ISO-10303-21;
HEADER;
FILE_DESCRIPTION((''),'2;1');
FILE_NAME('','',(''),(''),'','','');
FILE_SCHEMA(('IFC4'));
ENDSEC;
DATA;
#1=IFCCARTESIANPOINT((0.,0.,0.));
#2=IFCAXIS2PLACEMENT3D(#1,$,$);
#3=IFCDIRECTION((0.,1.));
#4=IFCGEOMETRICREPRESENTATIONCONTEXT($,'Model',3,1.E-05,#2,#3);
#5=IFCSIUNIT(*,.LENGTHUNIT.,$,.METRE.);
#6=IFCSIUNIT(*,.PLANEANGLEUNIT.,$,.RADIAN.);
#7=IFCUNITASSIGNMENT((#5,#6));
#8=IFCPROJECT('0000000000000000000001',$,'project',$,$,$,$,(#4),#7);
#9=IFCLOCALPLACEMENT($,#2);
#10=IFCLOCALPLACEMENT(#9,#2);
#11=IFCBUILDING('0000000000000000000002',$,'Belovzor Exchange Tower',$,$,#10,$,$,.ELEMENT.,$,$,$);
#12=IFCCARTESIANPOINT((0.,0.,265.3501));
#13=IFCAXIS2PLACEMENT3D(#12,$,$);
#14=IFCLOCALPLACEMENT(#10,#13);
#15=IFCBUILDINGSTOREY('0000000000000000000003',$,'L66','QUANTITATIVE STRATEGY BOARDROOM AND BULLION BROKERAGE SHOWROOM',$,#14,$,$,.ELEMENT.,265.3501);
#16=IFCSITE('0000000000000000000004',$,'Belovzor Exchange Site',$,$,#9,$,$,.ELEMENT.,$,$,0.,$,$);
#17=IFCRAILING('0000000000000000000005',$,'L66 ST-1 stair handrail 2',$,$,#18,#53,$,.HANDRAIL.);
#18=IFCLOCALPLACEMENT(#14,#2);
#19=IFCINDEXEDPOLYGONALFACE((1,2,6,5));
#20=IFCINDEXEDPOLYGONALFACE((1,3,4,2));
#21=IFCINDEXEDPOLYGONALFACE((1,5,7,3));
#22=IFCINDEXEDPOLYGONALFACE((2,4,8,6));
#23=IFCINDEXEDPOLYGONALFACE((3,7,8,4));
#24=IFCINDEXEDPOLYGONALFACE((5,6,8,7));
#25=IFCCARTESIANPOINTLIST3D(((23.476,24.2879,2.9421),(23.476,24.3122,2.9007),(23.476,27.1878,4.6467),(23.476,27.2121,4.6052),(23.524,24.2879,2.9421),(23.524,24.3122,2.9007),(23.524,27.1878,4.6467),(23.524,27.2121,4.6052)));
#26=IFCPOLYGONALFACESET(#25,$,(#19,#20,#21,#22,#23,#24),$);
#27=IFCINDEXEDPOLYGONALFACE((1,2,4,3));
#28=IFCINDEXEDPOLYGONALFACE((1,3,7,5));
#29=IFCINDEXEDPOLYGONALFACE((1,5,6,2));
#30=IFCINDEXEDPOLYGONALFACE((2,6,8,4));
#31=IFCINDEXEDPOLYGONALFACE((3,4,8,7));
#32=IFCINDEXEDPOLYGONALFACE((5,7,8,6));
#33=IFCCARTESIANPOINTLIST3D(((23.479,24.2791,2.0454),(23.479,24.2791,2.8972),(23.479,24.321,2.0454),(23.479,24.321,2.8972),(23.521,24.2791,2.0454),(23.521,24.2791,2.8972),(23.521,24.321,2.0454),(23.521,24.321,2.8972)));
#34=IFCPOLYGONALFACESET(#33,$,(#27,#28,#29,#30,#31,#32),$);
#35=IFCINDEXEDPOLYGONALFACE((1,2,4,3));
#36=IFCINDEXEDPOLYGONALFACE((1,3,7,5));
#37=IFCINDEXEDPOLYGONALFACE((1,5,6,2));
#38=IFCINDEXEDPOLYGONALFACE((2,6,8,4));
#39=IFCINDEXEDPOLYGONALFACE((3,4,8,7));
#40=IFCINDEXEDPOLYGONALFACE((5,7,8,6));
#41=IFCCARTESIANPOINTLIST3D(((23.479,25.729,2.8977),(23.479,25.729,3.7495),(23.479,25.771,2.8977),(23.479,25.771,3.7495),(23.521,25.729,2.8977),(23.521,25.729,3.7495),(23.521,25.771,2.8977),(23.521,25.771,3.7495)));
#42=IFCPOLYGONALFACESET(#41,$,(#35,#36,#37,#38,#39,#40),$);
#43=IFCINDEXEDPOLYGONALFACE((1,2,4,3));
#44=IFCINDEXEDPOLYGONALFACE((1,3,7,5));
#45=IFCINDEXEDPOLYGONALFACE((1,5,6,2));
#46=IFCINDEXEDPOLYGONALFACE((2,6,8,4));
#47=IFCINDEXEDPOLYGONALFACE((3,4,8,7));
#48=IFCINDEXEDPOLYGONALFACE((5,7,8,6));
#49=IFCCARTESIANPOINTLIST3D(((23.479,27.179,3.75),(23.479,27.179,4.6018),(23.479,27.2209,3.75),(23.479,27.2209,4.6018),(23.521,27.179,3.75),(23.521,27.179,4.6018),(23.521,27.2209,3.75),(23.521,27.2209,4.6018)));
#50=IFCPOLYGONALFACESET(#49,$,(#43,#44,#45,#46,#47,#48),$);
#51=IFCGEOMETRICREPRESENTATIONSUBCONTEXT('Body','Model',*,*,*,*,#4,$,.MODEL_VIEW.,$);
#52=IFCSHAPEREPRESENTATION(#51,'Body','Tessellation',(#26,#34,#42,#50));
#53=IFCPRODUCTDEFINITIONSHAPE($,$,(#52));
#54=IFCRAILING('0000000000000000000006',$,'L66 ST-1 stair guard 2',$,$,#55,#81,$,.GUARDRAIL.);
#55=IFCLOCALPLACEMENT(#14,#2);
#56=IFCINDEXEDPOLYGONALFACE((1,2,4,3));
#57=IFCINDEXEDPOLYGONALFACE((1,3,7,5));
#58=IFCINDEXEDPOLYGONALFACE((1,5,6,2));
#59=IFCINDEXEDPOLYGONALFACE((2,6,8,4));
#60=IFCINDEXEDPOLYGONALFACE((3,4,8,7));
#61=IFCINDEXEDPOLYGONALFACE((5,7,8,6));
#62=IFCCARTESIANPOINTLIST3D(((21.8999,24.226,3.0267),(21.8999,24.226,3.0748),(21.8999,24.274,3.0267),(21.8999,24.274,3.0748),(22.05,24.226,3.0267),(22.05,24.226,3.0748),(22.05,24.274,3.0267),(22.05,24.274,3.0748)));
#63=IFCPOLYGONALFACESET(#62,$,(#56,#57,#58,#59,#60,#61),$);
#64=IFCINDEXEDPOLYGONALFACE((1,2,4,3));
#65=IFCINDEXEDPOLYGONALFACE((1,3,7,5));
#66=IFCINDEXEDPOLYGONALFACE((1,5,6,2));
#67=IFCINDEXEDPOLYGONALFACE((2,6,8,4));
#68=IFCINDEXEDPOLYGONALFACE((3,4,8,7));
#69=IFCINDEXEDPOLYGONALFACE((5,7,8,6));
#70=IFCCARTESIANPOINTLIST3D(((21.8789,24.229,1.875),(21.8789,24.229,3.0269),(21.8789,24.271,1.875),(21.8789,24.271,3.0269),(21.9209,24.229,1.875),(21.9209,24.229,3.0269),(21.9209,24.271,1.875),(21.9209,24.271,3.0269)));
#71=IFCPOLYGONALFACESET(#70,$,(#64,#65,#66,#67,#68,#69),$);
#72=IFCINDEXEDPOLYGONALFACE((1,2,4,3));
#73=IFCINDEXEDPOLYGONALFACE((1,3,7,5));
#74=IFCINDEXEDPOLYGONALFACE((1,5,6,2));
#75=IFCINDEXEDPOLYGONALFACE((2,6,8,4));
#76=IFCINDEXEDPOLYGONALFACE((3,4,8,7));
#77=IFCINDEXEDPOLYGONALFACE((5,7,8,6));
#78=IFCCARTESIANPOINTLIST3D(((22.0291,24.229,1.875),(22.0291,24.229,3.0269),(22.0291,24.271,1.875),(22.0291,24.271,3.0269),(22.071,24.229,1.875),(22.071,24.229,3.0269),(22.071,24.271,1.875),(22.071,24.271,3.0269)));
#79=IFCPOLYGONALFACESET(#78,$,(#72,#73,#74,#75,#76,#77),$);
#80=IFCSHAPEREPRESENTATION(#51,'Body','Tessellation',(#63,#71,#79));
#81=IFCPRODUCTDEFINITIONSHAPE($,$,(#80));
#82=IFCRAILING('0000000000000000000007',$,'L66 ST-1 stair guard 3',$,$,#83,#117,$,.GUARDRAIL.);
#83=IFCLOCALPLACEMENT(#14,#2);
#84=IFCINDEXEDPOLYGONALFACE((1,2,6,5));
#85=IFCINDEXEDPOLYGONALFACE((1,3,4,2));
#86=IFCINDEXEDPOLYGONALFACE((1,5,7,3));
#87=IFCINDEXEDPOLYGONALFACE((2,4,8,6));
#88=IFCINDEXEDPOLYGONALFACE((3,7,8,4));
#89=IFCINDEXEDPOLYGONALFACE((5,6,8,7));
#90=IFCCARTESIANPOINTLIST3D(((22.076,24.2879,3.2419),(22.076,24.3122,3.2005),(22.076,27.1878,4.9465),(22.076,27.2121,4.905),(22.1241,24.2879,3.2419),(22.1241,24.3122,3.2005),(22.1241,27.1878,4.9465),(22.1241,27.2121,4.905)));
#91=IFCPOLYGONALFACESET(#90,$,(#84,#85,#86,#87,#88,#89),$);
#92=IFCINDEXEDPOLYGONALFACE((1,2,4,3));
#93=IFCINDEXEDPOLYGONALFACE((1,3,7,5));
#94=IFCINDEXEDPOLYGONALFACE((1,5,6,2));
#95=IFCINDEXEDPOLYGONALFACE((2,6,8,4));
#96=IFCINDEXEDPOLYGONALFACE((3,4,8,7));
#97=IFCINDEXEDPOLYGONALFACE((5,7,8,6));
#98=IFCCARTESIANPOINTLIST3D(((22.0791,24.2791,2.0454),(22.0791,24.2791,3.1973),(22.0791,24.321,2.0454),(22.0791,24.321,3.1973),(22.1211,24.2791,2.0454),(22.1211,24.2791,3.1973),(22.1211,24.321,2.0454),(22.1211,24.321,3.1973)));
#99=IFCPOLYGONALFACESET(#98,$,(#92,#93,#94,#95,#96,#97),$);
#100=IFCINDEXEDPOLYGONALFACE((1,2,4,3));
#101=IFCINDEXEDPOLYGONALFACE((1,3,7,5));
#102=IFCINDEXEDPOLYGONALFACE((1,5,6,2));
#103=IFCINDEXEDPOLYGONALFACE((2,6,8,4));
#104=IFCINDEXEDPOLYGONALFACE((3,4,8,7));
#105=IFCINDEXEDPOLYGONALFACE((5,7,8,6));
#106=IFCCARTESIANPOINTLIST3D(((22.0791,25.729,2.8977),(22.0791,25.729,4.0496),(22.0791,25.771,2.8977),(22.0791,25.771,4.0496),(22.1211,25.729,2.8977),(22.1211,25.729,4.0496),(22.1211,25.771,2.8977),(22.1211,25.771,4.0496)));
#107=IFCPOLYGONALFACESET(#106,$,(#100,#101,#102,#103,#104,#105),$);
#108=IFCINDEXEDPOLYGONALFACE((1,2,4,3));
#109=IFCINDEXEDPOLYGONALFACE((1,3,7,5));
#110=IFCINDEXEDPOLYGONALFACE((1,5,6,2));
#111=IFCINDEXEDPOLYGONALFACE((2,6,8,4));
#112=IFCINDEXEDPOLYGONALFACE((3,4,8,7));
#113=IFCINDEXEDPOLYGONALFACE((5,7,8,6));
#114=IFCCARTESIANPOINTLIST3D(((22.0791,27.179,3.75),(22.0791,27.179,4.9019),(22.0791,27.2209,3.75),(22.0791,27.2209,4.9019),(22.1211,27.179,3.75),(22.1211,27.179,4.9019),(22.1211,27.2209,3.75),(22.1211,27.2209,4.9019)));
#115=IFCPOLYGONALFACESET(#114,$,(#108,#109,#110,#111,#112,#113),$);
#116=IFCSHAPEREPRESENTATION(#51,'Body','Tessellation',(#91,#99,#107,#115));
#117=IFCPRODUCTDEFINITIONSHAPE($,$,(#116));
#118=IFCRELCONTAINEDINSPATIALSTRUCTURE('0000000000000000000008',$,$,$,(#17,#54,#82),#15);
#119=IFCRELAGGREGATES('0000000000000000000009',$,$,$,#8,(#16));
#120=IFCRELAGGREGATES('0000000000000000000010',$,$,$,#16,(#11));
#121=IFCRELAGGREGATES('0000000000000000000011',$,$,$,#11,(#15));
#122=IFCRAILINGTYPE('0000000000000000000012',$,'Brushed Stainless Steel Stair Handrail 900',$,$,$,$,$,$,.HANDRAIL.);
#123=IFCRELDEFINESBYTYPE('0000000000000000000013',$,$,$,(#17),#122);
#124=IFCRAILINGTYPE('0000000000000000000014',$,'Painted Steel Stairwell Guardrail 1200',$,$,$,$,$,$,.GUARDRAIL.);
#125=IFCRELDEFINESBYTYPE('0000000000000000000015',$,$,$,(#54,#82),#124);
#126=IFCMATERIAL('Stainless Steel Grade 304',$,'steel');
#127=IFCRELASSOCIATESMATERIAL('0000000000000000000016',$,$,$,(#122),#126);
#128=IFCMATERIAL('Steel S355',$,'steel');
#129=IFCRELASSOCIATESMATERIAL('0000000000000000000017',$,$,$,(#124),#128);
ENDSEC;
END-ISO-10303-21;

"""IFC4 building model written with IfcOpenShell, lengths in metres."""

from ifc_helpers import new_model, si_unit, direction, frame, origin, origin_2d, place, context, subcontext, project, spatial, rectangle, extrude, material, type_object, element, save


model = new_model("IFC4")

# Units and contexts
model_context = context("Model", 3, precision=1e-05, world=origin(), true_north=direction((0.0, 1.0)))
body_context = subcontext(model_context, "Body", "Model", "MODEL_VIEW")
ifc_project = project(units=[si_unit("LENGTHUNIT", "METRE"), si_unit("PLANEANGLEUNIT", "RADIAN")], contexts=[model_context])

# Site, building, storey
site_placement = place(None, origin())
site = spatial("IfcSite", under=ifc_project, at=site_placement, Name="Belovzor Exchange Site", CompositionType="ELEMENT", RefElevation=0.0)
building_placement = place(site_placement, origin())
building = spatial("IfcBuilding", under=site, at=building_placement, Name="Belovzor Exchange Tower", CompositionType="ELEMENT")
storey_placement = place(building_placement, frame((0.0, 0.0, 265.3501)))
storey = spatial("IfcBuildingStorey", under=building, at=storey_placement, Name="L66", Description="QUANTITATIVE STRATEGY BOARDROOM AND BULLION BROKERAGE SHOWROOM", CompositionType="ELEMENT", Elevation=265.3501)

# Railings
ifc_material_1 = material(Name="Stainless Steel Grade 304", Category="steel")
railing_type_1 = type_object("IfcRailingType", Name="Brushed Stainless Steel Stair Handrail 900", PredefinedType="HANDRAIL", material=ifc_material_1)
railing_1_placement = place(storey_placement, frame((23.5, 24.3, 2.0454)))
element("IfcRailing", 1, at=railing_1_placement, inside=storey, type_object=railing_type_1, Name="L66 ST-1 stair handrail 2", PredefinedType="HANDRAIL", context=body_context, shape_type="SweptSolid", body=[
    extrude(rectangle(XDim=0.0481, YDim=0.0481, at=origin_2d()), frame((0.0, 0.0, 0.876), z_axis=(0.0, 0.862095, 0.506747), x_axis=(-1.0, 0.0, 0.0)), (0.0, 0.0, 1.0), 3.3638),
    extrude(rectangle(XDim=0.042, YDim=0.042, at=origin_2d()), origin(), (0.0, 0.0, 1.0), 0.8518),
    extrude(rectangle(XDim=0.042, YDim=0.042, at=origin_2d()), frame((0.0, 1.45, 0.8523)), (0.0, 0.0, 1.0), 0.8518),
    extrude(rectangle(XDim=0.042, YDim=0.042, at=origin_2d()), frame((0.0, 2.8999, 1.7046)), (0.0, 0.0, 1.0), 0.8518),
])
ifc_material_2 = material(Name="Steel S355", Category="steel")
railing_type_2 = type_object("IfcRailingType", Name="Painted Steel Stairwell Guardrail 1200", PredefinedType="GUARDRAIL", material=ifc_material_2)
railing_2_placement = place(storey_placement, frame((21.8999, 24.25, 1.875)))
element("IfcRailing", 2, at=railing_2_placement, inside=storey, type_object=railing_type_2, Name="L66 ST-1 stair guard 2", PredefinedType="GUARDRAIL", context=body_context, shape_type="SweptSolid", body=[
    extrude(rectangle(XDim=0.0481, YDim=0.0481, at=origin_2d()), frame((0.0, 0.0, 1.1758), z_axis=(1.0, 0.0, 0.0), x_axis=(0.0, 1.0, 0.0)), (0.0, 0.0, 1.0), 0.1501),
    extrude(rectangle(XDim=0.042, YDim=0.042, at=origin_2d()), origin(), (0.0, 0.0, 1.0), 1.1519),
    extrude(rectangle(XDim=0.042, YDim=0.042, at=origin_2d()), frame((0.1501, 0.0, 0.0)), (0.0, 0.0, 1.0), 1.1519),
])
railing_3_placement = place(storey_placement, frame((22.1001, 24.3, 2.0454)))
element("IfcRailing", 3, at=railing_3_placement, inside=storey, type_object=railing_type_2, Name="L66 ST-1 stair guard 3", PredefinedType="GUARDRAIL", context=body_context, shape_type="SweptSolid", body=[
    extrude(rectangle(XDim=0.0481, YDim=0.0481, at=origin_2d()), frame((0.0, 0.0, 1.1758), z_axis=(0.0, 0.862095, 0.506747), x_axis=(-1.0, 0.0, 0.0)), (0.0, 0.0, 1.0), 3.3638),
    extrude(rectangle(XDim=0.042, YDim=0.042, at=origin_2d()), origin(), (0.0, 0.0, 1.0), 1.1519),
    extrude(rectangle(XDim=0.042, YDim=0.042, at=origin_2d()), frame((0.0, 1.45, 0.8523)), (0.0, 0.0, 1.0), 1.1519),
    extrude(rectangle(XDim=0.042, YDim=0.042, at=origin_2d()), frame((0.0, 2.8999, 1.7046)), (0.0, 0.0, 1.0), 1.1519),
])

save(model, "model.ifc")
